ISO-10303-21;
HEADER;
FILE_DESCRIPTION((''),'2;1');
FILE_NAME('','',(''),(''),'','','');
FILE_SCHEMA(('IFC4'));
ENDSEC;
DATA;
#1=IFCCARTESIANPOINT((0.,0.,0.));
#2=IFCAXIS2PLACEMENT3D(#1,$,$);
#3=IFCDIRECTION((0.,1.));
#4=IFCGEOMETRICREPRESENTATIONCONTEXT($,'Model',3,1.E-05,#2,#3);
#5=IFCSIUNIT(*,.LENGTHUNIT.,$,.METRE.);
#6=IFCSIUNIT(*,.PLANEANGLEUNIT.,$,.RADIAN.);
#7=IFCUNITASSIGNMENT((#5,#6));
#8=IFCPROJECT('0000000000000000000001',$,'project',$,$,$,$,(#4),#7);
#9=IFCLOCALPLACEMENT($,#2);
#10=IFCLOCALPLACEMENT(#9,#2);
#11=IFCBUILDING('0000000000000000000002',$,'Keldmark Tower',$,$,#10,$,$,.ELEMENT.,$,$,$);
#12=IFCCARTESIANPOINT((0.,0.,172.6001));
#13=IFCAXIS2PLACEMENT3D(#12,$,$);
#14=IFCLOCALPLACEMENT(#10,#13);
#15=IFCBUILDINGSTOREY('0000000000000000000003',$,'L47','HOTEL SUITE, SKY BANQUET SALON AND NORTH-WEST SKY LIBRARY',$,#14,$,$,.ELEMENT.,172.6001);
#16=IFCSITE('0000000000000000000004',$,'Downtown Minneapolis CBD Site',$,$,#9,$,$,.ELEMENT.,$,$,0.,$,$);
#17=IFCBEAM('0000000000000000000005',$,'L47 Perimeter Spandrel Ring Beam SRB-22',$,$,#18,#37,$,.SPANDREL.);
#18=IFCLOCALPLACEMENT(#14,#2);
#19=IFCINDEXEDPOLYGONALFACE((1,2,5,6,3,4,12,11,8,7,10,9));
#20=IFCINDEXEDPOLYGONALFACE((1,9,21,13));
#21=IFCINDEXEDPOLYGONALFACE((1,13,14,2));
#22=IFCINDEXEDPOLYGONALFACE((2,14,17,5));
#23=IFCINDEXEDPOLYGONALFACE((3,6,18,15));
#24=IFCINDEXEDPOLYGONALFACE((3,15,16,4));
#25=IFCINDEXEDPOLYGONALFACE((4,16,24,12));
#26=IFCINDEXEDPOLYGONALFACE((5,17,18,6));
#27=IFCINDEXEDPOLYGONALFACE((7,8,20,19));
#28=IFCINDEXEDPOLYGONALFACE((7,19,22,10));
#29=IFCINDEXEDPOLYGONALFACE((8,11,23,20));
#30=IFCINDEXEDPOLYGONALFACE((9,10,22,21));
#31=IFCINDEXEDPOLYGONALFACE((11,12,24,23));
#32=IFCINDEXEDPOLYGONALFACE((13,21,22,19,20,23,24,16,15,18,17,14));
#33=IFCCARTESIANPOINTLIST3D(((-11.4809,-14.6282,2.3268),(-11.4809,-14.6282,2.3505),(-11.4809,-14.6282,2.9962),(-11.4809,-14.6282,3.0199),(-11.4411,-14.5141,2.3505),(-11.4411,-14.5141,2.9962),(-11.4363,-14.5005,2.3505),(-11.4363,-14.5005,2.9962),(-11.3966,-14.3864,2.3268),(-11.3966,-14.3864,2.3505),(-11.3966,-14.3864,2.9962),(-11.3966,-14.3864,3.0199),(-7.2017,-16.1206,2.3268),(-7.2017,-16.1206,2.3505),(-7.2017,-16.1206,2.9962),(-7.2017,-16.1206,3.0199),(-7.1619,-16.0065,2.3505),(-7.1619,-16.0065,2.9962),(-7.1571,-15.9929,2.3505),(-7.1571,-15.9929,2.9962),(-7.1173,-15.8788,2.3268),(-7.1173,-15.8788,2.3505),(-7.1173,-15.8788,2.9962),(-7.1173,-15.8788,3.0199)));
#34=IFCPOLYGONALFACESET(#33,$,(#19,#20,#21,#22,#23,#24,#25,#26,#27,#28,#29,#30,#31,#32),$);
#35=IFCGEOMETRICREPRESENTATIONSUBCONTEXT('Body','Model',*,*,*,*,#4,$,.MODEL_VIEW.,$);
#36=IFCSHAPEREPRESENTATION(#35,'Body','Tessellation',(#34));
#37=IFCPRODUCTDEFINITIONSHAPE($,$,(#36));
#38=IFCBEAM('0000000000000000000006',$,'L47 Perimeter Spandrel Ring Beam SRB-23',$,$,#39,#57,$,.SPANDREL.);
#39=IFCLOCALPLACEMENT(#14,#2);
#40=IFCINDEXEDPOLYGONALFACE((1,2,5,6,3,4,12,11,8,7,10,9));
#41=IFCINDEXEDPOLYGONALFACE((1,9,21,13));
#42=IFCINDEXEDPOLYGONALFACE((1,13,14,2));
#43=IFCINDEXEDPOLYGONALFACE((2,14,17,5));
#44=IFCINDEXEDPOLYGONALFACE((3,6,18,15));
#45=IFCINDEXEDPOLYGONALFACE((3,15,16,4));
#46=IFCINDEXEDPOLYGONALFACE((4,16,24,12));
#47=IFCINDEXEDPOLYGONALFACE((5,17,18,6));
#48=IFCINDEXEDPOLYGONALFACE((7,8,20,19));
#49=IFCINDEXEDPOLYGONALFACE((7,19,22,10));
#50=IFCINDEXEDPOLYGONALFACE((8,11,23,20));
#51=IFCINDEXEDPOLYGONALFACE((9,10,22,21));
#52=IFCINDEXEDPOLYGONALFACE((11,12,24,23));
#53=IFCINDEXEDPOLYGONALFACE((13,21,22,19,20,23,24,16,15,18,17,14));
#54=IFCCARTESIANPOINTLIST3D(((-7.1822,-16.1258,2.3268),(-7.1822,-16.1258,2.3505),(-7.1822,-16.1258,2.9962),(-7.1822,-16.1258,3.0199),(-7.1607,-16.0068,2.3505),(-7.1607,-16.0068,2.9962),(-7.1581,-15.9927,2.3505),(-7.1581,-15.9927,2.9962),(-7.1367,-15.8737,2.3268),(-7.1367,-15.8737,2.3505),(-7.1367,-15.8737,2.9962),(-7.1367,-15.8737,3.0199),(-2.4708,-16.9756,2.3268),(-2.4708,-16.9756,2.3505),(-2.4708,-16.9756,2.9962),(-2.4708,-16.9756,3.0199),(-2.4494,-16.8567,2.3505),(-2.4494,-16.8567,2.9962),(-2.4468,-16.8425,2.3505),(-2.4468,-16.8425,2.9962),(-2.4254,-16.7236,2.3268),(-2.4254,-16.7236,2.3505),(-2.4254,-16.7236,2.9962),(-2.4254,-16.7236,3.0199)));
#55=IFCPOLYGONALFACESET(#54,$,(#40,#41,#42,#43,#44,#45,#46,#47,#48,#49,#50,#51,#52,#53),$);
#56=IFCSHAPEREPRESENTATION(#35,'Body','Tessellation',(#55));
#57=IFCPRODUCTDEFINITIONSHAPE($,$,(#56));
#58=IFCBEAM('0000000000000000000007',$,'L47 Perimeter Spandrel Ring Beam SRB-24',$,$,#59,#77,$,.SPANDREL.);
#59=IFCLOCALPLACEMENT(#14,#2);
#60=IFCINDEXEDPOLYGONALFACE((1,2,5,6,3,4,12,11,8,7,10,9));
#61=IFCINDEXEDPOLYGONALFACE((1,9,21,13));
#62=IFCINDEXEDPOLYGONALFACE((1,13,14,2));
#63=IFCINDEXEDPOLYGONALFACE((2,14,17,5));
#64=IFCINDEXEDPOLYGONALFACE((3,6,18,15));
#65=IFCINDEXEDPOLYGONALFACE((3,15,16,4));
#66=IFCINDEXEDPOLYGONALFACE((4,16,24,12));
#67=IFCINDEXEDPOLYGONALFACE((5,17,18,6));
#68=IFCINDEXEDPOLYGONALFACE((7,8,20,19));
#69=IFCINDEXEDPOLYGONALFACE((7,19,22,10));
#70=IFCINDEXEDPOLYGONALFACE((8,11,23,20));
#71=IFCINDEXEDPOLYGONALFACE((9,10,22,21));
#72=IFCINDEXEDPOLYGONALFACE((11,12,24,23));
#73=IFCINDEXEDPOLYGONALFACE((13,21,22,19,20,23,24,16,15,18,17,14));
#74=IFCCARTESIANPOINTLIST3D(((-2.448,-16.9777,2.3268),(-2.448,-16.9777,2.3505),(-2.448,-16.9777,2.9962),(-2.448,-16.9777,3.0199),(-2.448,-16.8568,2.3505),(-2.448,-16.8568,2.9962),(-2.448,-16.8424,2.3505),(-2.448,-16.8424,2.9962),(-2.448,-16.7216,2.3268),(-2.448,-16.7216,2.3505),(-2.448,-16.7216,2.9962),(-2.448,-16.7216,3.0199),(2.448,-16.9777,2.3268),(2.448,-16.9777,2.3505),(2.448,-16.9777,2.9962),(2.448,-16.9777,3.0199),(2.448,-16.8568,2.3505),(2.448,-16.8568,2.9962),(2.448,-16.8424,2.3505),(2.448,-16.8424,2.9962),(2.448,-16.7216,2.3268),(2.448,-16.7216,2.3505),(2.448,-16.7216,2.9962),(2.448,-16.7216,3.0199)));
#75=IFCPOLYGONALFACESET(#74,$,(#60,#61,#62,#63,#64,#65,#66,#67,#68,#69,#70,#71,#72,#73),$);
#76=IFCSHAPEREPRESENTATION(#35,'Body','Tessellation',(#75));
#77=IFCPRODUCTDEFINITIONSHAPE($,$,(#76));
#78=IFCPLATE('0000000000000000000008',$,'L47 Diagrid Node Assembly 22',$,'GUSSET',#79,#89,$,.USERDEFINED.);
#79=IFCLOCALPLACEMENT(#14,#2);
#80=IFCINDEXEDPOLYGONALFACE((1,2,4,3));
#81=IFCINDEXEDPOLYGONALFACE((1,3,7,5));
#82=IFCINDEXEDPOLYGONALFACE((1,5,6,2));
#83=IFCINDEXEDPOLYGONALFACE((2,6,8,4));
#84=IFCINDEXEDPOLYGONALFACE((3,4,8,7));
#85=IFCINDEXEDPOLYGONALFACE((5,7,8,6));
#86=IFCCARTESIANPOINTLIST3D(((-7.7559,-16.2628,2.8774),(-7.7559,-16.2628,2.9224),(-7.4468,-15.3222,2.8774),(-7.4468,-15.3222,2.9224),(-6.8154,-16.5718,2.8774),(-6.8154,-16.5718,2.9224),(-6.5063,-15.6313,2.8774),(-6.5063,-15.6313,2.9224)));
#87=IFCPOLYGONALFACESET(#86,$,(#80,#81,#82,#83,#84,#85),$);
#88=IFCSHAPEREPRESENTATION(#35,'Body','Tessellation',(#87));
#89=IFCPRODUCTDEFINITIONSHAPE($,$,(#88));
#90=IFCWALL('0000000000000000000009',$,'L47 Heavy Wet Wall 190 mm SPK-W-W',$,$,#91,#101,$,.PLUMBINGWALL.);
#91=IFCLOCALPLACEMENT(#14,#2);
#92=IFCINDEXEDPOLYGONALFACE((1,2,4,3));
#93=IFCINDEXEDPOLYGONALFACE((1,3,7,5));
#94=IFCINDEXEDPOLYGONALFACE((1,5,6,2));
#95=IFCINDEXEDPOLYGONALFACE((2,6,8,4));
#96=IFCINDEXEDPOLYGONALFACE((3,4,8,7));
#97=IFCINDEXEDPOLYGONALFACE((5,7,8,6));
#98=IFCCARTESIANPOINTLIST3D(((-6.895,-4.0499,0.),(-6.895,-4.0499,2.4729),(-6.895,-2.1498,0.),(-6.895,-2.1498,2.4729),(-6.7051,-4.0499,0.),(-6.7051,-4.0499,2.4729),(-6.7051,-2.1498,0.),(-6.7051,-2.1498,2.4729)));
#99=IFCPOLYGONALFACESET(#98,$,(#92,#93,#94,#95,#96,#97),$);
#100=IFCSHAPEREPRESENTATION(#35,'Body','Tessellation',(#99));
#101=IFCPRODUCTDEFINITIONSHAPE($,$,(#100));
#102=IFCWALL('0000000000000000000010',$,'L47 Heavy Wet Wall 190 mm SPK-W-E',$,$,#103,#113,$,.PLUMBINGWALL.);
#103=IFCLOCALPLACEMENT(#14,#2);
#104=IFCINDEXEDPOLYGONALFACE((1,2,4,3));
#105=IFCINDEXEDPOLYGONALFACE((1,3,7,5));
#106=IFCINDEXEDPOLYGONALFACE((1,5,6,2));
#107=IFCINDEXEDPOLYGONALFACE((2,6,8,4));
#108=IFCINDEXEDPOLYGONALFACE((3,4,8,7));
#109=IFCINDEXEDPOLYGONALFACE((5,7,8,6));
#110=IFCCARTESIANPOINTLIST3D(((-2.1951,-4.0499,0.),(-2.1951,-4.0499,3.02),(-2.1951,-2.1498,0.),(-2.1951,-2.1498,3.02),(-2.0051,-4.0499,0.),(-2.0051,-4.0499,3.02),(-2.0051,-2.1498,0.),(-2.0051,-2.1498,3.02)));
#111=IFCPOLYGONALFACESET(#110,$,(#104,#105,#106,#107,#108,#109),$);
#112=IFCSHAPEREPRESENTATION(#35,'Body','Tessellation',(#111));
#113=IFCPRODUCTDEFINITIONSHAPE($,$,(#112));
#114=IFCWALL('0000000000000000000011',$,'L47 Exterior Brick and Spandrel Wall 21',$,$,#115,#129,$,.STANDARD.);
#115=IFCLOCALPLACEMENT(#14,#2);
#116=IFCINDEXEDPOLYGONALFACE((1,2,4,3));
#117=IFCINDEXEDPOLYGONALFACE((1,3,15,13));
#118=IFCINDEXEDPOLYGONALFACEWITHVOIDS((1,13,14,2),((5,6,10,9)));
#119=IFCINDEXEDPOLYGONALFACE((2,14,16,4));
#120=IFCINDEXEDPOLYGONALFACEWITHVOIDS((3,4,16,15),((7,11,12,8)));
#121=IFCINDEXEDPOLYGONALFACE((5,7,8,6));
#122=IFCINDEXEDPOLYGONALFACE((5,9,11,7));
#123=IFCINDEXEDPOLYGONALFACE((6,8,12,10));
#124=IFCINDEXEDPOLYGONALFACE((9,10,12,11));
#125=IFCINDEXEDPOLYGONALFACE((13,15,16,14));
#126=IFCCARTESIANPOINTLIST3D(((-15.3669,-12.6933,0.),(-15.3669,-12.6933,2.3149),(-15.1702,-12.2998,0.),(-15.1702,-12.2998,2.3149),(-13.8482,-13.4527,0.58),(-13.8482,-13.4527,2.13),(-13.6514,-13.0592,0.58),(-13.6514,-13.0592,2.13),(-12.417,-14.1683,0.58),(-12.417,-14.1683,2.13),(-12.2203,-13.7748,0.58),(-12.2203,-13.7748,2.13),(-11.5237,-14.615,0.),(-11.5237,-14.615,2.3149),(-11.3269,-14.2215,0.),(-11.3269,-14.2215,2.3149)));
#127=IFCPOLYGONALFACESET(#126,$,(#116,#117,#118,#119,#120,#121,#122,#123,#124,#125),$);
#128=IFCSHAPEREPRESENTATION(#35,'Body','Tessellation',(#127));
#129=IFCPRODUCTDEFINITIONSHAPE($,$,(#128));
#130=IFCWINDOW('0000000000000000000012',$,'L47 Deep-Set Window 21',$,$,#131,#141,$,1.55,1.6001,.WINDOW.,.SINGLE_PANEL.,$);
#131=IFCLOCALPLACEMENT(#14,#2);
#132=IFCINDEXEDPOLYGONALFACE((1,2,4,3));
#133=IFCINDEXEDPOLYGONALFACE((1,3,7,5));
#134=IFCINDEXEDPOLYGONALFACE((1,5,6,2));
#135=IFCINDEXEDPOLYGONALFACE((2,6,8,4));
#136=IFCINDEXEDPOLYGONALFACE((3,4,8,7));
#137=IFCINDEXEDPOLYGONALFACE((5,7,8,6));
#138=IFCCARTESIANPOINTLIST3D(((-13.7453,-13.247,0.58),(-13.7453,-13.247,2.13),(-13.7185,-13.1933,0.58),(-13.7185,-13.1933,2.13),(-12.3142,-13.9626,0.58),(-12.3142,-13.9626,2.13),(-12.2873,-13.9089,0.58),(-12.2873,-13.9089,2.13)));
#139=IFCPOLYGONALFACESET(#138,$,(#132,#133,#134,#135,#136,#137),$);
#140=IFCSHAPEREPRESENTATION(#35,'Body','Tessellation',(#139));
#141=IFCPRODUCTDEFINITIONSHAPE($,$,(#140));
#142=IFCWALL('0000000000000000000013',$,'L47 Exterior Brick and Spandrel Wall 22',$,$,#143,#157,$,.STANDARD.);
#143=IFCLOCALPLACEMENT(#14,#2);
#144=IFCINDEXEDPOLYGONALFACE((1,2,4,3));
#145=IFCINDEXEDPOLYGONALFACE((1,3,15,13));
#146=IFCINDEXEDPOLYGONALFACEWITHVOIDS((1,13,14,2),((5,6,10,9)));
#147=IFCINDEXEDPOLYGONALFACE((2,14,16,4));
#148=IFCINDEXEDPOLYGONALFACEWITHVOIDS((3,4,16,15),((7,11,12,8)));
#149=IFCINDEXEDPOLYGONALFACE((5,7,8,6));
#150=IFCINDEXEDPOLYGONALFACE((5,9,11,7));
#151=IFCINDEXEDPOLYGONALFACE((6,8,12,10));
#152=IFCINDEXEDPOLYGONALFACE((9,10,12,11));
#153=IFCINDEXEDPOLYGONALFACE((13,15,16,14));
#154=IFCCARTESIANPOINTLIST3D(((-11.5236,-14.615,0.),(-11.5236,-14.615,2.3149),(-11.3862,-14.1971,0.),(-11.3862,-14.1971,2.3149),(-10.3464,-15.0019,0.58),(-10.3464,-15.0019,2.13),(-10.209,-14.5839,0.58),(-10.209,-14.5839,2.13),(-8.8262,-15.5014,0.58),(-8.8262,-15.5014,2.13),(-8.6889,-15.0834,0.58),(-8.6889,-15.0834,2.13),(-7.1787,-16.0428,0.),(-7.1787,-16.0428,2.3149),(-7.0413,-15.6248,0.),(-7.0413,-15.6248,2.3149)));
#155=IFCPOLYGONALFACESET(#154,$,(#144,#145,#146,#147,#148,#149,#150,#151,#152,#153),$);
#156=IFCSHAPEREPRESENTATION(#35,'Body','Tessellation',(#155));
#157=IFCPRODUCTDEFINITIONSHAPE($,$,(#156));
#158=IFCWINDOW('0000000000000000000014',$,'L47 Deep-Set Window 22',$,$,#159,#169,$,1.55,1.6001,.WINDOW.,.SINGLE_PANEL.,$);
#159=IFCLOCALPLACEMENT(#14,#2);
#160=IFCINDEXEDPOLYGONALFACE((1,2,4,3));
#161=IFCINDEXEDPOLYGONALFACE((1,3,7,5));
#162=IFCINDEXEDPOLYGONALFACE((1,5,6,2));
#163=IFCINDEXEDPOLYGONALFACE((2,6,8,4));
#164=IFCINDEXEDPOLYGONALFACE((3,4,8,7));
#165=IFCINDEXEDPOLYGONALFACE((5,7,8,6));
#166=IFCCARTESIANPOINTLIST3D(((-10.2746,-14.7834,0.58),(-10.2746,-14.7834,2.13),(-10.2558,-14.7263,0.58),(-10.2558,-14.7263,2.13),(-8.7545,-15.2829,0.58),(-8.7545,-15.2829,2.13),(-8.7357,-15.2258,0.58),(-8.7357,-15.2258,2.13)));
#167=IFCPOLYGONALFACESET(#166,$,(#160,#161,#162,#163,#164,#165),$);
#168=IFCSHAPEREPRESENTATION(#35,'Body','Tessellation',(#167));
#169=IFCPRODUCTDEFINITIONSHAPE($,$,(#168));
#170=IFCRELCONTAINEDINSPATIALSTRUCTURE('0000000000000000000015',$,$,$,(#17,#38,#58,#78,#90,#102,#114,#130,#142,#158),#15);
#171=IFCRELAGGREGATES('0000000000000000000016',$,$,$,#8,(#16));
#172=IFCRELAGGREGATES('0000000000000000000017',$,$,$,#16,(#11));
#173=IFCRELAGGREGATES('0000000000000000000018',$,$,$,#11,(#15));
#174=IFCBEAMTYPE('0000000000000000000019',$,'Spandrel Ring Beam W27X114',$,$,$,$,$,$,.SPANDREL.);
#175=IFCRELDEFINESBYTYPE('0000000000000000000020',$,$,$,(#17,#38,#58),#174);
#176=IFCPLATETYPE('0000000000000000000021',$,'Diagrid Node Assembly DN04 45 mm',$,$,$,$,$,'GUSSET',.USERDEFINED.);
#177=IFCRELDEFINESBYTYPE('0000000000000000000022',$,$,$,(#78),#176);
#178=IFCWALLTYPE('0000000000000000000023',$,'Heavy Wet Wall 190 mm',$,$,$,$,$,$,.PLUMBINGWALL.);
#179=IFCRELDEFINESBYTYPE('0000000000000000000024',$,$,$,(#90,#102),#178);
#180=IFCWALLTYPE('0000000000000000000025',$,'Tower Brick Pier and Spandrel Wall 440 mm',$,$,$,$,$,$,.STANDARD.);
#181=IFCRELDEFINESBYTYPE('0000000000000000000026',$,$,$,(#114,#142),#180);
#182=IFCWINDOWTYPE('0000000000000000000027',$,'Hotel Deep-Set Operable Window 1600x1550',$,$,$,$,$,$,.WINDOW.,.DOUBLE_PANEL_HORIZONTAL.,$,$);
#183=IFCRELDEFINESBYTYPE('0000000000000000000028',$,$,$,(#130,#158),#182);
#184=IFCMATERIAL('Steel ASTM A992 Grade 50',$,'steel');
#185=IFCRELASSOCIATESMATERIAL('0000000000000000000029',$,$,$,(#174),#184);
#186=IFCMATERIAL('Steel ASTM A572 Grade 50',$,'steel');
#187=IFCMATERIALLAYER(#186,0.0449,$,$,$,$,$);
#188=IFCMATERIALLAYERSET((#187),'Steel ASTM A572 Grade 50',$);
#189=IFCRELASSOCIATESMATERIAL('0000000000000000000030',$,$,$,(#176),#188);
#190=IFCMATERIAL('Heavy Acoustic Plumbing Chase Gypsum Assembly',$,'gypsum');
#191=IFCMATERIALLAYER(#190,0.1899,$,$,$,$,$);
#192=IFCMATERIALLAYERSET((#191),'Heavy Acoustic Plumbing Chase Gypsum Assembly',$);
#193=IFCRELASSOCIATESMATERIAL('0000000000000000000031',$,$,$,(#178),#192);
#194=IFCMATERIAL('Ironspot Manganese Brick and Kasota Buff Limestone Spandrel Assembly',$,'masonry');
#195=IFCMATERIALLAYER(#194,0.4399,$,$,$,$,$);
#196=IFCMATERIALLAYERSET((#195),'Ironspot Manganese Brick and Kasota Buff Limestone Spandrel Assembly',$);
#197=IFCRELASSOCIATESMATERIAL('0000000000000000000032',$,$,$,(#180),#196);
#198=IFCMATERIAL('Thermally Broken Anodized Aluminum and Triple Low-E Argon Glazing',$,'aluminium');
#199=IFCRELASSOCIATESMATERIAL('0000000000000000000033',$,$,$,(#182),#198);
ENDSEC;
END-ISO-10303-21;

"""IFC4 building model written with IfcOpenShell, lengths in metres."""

from ifc_helpers import new_model, si_unit, direction, frame, frame_2d, origin, origin_2d, place, context, subcontext, project, spatial, rectangle, i_section, extrude, material, layer, layer_set, material_profile, profile_set, type_object, element, fill, save


model = new_model("IFC4")

# Units and contexts
model_context = context("Model", 3, precision=1e-05, world=origin(), true_north=direction((0.0, 1.0)))
body_context = subcontext(model_context, "Body", "Model", "MODEL_VIEW")
ifc_project = project(units=[si_unit("LENGTHUNIT", "METRE"), si_unit("PLANEANGLEUNIT", "RADIAN")], contexts=[model_context])

# Site, building, storey
site_placement = place(None, origin())
site = spatial("IfcSite", under=ifc_project, at=site_placement, Name="Downtown Minneapolis CBD Site", CompositionType="ELEMENT", RefElevation=0.0)
building_placement = place(site_placement, origin())
building = spatial("IfcBuilding", under=site, at=building_placement, Name="Keldmark Tower", CompositionType="ELEMENT")
storey_placement = place(building_placement, frame((0.0, 0.0, 172.6001)))
storey = spatial("IfcBuildingStorey", under=building, at=storey_placement, Name="L47", Description="HOTEL SUITE, SKY BANQUET SALON AND NORTH-WEST SKY LIBRARY", CompositionType="ELEMENT", Elevation=172.6001)

# Beams
ifc_material_1 = material(Name="Steel ASTM A992 Grade 50", Category="steel")
ifc_material_profile_1 = material_profile(ifc_material_1, i_section(OverallWidth=0.2561, OverallDepth=0.6931, WebThickness=0.0144, FlangeThickness=0.0237, at=origin_2d()), Name="W27X114")
ifc_profile_set_1 = profile_set([ifc_material_profile_1], Name="Steel ASTM A992 Grade 50")
beam_type_1 = type_object("IfcBeamType", Name="Spandrel Ring Beam W27X114", PredefinedType="SPANDREL", material=ifc_profile_set_1)
beam_1_placement = place(storey_placement, frame((-11.4387, -14.5073, 2.6733), z_axis=(0.944224, -0.329304, 0.0), x_axis=(0.329304, 0.944224, 0.0)))
element("IfcBeam", 1, at=beam_1_placement, inside=storey, type_object=beam_type_1, Name="L47 Perimeter Spandrel Ring Beam SRB-22", PredefinedType="SPANDREL", context=body_context, shape_type="SweptSolid", body=[
    extrude(i_section(OverallWidth=0.2561, OverallDepth=0.6931, WebThickness=0.0144, FlangeThickness=0.0237, at=origin_2d()), origin(), (0.0, 0.0, 1.0), 4.532),
])
beam_2_placement = place(storey_placement, frame((-7.1594, -15.9998, 2.6733), z_axis=(0.984118, -0.177517, 0.0), x_axis=(0.177517, 0.984118, 0.0)))
element("IfcBeam", 2, at=beam_2_placement, inside=storey, type_object=beam_type_1, Name="L47 Perimeter Spandrel Ring Beam SRB-23", PredefinedType="SPANDREL", context=body_context, shape_type="SweptSolid", body=[
    extrude(i_section(OverallWidth=0.2561, OverallDepth=0.6931, WebThickness=0.0144, FlangeThickness=0.0237, at=origin_2d()), origin(), (0.0, 0.0, 1.0), 4.7874),
])
beam_3_placement = place(storey_placement, frame((-2.448, -16.8496, 2.6733), z_axis=(1.0, 0.0, 0.0), x_axis=(0.0, 1.0, 0.0)))
element("IfcBeam", 3, at=beam_3_placement, inside=storey, type_object=beam_type_1, Name="L47 Perimeter Spandrel Ring Beam SRB-24", PredefinedType="SPANDREL", context=body_context, shape_type="SweptSolid", body=[
    extrude(i_section(OverallWidth=0.2561, OverallDepth=0.6931, WebThickness=0.0144, FlangeThickness=0.0237, at=origin_2d()), origin(), (0.0, 0.0, 1.0), 4.896),
])

# Plate
ifc_material_2 = material(Name="Steel ASTM A572 Grade 50", Category="steel")
ifc_layer_1 = layer(ifc_material_2, 0.0449)
ifc_layer_set_1 = layer_set([ifc_layer_1], Name="Steel ASTM A572 Grade 50")
plate_type = type_object("IfcPlateType", Name="Diagrid Node Assembly DN04 45 mm", ElementType="GUSSET", PredefinedType="USERDEFINED", material=ifc_layer_set_1)
plate_placement = place(storey_placement, frame((-7.1311, -15.947, 2.8774), z_axis=(0.0, 0.0, 1.0), x_axis=(0.950027, -0.312169, 0.0)))
element("IfcPlate", 4, at=plate_placement, inside=storey, type_object=plate_type, Name="L47 Diagrid Node Assembly 22", ObjectType="GUSSET", PredefinedType="USERDEFINED", context=body_context, shape_type="SweptSolid", body=[
    extrude(rectangle(XDim=0.99, YDim=0.99, at=origin_2d()), origin(), (0.0, 0.0, 1.0), 0.0449),
])

# Shared definitions
ifc_material_3 = material(Name="Heavy Acoustic Plumbing Chase Gypsum Assembly", Category="gypsum")
ifc_layer_2 = layer(ifc_material_3, 0.1899)
ifc_layer_set_2 = layer_set([ifc_layer_2], Name="Heavy Acoustic Plumbing Chase Gypsum Assembly")
wall_type_1 = type_object("IfcWallType", Name="Heavy Wet Wall 190 mm", PredefinedType="PLUMBINGWALL", material=ifc_layer_set_2)

# Walls
wall_1_placement = place(storey_placement, frame((-6.8, -4.05, 0.0), z_axis=(0.0, 0.0, 1.0), x_axis=(0.0, 1.0, 0.0)))
element("IfcWall", 5, at=wall_1_placement, inside=storey, type_object=wall_type_1, Name="L47 Heavy Wet Wall 190 mm SPK-W-W", PredefinedType="PLUMBINGWALL", context=body_context, shape_type="SweptSolid", body=[
    extrude(rectangle(XDim=1.9001, YDim=0.1899, at=frame_2d((0.9502, 0.0))), origin(), (0.0, 0.0, 1.0), 2.4729),
])
wall_2_placement = place(storey_placement, frame((-2.1001, -4.05, 0.0), z_axis=(0.0, 0.0, 1.0), x_axis=(0.0, 1.0, 0.0)))
element("IfcWall", 6, at=wall_2_placement, inside=storey, type_object=wall_type_1, Name="L47 Heavy Wet Wall 190 mm SPK-W-E", PredefinedType="PLUMBINGWALL", context=body_context, shape_type="SweptSolid", body=[
    extrude(rectangle(XDim=1.9001, YDim=0.1899, at=frame_2d((0.9502, 0.0))), origin(), (0.0, 0.0, 1.0), 3.02),
])

# Walls, openings, windows
ifc_material_4 = material(Name="Ironspot Manganese Brick and Kasota Buff Limestone Spandrel Assembly", Category="masonry")
ifc_layer_3 = layer(ifc_material_4, 0.4399)
ifc_layer_set_3 = layer_set([ifc_layer_3], Name="Ironspot Manganese Brick and Kasota Buff Limestone Spandrel Assembly")
wall_type_2 = type_object("IfcWallType", Name="Tower Brick Pier and Spandrel Wall 440 mm", PredefinedType="STANDARD", material=ifc_layer_set_3)
wall_3_placement = place(storey_placement, frame((-11.4253, -14.4182, 0.0), z_axis=(0.0, 0.0, 1.0), x_axis=(-0.894427, 0.447214, 0.0)))
wall_3 = element("IfcWall", 7, at=wall_3_placement, inside=storey, type_object=wall_type_2, Name="L47 Exterior Brick and Spandrel Wall 21", PredefinedType="STANDARD", context=body_context, shape_type="SweptSolid", body=[
    extrude(rectangle(XDim=4.2969, YDim=0.4399, at=frame_2d((2.1484, 0.0))), origin(), (0.0, 0.0, 1.0), 2.3149),
])
opening_1_placement = place(wall_3_placement, frame((0.9988, 0.0, 0.5801)))
opening_1 = element("IfcOpeningElement", 8, at=opening_1_placement, cuts=wall_3, PredefinedType="OPENING", context=body_context, shape_type="SweptSolid", body=[
    extrude(rectangle(XDim=1.6001, YDim=1.55, at=frame_2d((0.8, 0.7749))), frame((0.0, 0.23, 0.0), z_axis=(0.0, -1.0, 0.0), x_axis=(1.0, 0.0, 0.0)), (0.0, 0.0, 1.0), 0.46),
])
ifc_material_5 = material(Name="Thermally Broken Anodized Aluminum and Triple Low-E Argon Glazing", Category="aluminium")
window_type = type_object("IfcWindowType", Name="Hotel Deep-Set Operable Window 1600x1550", PartitioningType="DOUBLE_PANEL_HORIZONTAL", PredefinedType="WINDOW", material=ifc_material_5)
window_1_placement = place(opening_1_placement, origin())
window_1 = element("IfcWindow", 9, at=window_1_placement, inside=storey, type_object=window_type, Name="L47 Deep-Set Window 21", OverallHeight=1.55, OverallWidth=1.6001, PartitioningType="SINGLE_PANEL", PredefinedType="WINDOW", context=body_context, shape_type="SweptSolid", body=[
    extrude(rectangle(XDim=1.6001, YDim=1.55, at=frame_2d((0.8, 0.7749))), frame((0.0, -0.01, 0.0), z_axis=(0.0, -1.0, 0.0), x_axis=(1.0, 0.0, 0.0)), (0.0, 0.0, 1.0), 0.0601),
])
fill(opening_1, window_1)
wall_4_placement = place(storey_placement, frame((-7.1101, -15.8337, 0.0), z_axis=(0.0, 0.0, 1.0), x_axis=(-0.950025, 0.312173, 0.0)))
wall_4 = element("IfcWall", 10, at=wall_4_placement, inside=storey, type_object=wall_type_2, Name="L47 Exterior Brick and Spandrel Wall 22", PredefinedType="STANDARD", context=body_context, shape_type="SweptSolid", body=[
    extrude(rectangle(XDim=4.5735, YDim=0.4399, at=frame_2d((2.2866, 0.0))), origin(), (0.0, 0.0, 1.0), 2.3149),
])
opening_2_placement = place(wall_4_placement, frame((1.7341, 0.0, 0.5801)))
opening_2 = element("IfcOpeningElement", 11, at=opening_2_placement, cuts=wall_4, PredefinedType="OPENING", context=body_context, shape_type="SweptSolid", body=[
    extrude(rectangle(XDim=1.6001, YDim=1.55, at=frame_2d((0.8, 0.7749))), frame((0.0, 0.23, 0.0), z_axis=(0.0, -1.0, 0.0), x_axis=(1.0, 0.0, 0.0)), (0.0, 0.0, 1.0), 0.46),
])
window_2_placement = place(opening_2_placement, origin())
window_2 = element("IfcWindow", 12, at=window_2_placement, inside=storey, type_object=window_type, Name="L47 Deep-Set Window 22", OverallHeight=1.55, OverallWidth=1.6001, PartitioningType="SINGLE_PANEL", PredefinedType="WINDOW", context=body_context, shape_type="SweptSolid", body=[
    extrude(rectangle(XDim=1.6001, YDim=1.55, at=frame_2d((0.8, 0.7749))), frame((0.0, -0.01, 0.0), z_axis=(0.0, -1.0, 0.0), x_axis=(1.0, 0.0, 0.0)), (0.0, 0.0, 1.0), 0.0601),
])
fill(opening_2, window_2)

save(model, "model.ifc")
